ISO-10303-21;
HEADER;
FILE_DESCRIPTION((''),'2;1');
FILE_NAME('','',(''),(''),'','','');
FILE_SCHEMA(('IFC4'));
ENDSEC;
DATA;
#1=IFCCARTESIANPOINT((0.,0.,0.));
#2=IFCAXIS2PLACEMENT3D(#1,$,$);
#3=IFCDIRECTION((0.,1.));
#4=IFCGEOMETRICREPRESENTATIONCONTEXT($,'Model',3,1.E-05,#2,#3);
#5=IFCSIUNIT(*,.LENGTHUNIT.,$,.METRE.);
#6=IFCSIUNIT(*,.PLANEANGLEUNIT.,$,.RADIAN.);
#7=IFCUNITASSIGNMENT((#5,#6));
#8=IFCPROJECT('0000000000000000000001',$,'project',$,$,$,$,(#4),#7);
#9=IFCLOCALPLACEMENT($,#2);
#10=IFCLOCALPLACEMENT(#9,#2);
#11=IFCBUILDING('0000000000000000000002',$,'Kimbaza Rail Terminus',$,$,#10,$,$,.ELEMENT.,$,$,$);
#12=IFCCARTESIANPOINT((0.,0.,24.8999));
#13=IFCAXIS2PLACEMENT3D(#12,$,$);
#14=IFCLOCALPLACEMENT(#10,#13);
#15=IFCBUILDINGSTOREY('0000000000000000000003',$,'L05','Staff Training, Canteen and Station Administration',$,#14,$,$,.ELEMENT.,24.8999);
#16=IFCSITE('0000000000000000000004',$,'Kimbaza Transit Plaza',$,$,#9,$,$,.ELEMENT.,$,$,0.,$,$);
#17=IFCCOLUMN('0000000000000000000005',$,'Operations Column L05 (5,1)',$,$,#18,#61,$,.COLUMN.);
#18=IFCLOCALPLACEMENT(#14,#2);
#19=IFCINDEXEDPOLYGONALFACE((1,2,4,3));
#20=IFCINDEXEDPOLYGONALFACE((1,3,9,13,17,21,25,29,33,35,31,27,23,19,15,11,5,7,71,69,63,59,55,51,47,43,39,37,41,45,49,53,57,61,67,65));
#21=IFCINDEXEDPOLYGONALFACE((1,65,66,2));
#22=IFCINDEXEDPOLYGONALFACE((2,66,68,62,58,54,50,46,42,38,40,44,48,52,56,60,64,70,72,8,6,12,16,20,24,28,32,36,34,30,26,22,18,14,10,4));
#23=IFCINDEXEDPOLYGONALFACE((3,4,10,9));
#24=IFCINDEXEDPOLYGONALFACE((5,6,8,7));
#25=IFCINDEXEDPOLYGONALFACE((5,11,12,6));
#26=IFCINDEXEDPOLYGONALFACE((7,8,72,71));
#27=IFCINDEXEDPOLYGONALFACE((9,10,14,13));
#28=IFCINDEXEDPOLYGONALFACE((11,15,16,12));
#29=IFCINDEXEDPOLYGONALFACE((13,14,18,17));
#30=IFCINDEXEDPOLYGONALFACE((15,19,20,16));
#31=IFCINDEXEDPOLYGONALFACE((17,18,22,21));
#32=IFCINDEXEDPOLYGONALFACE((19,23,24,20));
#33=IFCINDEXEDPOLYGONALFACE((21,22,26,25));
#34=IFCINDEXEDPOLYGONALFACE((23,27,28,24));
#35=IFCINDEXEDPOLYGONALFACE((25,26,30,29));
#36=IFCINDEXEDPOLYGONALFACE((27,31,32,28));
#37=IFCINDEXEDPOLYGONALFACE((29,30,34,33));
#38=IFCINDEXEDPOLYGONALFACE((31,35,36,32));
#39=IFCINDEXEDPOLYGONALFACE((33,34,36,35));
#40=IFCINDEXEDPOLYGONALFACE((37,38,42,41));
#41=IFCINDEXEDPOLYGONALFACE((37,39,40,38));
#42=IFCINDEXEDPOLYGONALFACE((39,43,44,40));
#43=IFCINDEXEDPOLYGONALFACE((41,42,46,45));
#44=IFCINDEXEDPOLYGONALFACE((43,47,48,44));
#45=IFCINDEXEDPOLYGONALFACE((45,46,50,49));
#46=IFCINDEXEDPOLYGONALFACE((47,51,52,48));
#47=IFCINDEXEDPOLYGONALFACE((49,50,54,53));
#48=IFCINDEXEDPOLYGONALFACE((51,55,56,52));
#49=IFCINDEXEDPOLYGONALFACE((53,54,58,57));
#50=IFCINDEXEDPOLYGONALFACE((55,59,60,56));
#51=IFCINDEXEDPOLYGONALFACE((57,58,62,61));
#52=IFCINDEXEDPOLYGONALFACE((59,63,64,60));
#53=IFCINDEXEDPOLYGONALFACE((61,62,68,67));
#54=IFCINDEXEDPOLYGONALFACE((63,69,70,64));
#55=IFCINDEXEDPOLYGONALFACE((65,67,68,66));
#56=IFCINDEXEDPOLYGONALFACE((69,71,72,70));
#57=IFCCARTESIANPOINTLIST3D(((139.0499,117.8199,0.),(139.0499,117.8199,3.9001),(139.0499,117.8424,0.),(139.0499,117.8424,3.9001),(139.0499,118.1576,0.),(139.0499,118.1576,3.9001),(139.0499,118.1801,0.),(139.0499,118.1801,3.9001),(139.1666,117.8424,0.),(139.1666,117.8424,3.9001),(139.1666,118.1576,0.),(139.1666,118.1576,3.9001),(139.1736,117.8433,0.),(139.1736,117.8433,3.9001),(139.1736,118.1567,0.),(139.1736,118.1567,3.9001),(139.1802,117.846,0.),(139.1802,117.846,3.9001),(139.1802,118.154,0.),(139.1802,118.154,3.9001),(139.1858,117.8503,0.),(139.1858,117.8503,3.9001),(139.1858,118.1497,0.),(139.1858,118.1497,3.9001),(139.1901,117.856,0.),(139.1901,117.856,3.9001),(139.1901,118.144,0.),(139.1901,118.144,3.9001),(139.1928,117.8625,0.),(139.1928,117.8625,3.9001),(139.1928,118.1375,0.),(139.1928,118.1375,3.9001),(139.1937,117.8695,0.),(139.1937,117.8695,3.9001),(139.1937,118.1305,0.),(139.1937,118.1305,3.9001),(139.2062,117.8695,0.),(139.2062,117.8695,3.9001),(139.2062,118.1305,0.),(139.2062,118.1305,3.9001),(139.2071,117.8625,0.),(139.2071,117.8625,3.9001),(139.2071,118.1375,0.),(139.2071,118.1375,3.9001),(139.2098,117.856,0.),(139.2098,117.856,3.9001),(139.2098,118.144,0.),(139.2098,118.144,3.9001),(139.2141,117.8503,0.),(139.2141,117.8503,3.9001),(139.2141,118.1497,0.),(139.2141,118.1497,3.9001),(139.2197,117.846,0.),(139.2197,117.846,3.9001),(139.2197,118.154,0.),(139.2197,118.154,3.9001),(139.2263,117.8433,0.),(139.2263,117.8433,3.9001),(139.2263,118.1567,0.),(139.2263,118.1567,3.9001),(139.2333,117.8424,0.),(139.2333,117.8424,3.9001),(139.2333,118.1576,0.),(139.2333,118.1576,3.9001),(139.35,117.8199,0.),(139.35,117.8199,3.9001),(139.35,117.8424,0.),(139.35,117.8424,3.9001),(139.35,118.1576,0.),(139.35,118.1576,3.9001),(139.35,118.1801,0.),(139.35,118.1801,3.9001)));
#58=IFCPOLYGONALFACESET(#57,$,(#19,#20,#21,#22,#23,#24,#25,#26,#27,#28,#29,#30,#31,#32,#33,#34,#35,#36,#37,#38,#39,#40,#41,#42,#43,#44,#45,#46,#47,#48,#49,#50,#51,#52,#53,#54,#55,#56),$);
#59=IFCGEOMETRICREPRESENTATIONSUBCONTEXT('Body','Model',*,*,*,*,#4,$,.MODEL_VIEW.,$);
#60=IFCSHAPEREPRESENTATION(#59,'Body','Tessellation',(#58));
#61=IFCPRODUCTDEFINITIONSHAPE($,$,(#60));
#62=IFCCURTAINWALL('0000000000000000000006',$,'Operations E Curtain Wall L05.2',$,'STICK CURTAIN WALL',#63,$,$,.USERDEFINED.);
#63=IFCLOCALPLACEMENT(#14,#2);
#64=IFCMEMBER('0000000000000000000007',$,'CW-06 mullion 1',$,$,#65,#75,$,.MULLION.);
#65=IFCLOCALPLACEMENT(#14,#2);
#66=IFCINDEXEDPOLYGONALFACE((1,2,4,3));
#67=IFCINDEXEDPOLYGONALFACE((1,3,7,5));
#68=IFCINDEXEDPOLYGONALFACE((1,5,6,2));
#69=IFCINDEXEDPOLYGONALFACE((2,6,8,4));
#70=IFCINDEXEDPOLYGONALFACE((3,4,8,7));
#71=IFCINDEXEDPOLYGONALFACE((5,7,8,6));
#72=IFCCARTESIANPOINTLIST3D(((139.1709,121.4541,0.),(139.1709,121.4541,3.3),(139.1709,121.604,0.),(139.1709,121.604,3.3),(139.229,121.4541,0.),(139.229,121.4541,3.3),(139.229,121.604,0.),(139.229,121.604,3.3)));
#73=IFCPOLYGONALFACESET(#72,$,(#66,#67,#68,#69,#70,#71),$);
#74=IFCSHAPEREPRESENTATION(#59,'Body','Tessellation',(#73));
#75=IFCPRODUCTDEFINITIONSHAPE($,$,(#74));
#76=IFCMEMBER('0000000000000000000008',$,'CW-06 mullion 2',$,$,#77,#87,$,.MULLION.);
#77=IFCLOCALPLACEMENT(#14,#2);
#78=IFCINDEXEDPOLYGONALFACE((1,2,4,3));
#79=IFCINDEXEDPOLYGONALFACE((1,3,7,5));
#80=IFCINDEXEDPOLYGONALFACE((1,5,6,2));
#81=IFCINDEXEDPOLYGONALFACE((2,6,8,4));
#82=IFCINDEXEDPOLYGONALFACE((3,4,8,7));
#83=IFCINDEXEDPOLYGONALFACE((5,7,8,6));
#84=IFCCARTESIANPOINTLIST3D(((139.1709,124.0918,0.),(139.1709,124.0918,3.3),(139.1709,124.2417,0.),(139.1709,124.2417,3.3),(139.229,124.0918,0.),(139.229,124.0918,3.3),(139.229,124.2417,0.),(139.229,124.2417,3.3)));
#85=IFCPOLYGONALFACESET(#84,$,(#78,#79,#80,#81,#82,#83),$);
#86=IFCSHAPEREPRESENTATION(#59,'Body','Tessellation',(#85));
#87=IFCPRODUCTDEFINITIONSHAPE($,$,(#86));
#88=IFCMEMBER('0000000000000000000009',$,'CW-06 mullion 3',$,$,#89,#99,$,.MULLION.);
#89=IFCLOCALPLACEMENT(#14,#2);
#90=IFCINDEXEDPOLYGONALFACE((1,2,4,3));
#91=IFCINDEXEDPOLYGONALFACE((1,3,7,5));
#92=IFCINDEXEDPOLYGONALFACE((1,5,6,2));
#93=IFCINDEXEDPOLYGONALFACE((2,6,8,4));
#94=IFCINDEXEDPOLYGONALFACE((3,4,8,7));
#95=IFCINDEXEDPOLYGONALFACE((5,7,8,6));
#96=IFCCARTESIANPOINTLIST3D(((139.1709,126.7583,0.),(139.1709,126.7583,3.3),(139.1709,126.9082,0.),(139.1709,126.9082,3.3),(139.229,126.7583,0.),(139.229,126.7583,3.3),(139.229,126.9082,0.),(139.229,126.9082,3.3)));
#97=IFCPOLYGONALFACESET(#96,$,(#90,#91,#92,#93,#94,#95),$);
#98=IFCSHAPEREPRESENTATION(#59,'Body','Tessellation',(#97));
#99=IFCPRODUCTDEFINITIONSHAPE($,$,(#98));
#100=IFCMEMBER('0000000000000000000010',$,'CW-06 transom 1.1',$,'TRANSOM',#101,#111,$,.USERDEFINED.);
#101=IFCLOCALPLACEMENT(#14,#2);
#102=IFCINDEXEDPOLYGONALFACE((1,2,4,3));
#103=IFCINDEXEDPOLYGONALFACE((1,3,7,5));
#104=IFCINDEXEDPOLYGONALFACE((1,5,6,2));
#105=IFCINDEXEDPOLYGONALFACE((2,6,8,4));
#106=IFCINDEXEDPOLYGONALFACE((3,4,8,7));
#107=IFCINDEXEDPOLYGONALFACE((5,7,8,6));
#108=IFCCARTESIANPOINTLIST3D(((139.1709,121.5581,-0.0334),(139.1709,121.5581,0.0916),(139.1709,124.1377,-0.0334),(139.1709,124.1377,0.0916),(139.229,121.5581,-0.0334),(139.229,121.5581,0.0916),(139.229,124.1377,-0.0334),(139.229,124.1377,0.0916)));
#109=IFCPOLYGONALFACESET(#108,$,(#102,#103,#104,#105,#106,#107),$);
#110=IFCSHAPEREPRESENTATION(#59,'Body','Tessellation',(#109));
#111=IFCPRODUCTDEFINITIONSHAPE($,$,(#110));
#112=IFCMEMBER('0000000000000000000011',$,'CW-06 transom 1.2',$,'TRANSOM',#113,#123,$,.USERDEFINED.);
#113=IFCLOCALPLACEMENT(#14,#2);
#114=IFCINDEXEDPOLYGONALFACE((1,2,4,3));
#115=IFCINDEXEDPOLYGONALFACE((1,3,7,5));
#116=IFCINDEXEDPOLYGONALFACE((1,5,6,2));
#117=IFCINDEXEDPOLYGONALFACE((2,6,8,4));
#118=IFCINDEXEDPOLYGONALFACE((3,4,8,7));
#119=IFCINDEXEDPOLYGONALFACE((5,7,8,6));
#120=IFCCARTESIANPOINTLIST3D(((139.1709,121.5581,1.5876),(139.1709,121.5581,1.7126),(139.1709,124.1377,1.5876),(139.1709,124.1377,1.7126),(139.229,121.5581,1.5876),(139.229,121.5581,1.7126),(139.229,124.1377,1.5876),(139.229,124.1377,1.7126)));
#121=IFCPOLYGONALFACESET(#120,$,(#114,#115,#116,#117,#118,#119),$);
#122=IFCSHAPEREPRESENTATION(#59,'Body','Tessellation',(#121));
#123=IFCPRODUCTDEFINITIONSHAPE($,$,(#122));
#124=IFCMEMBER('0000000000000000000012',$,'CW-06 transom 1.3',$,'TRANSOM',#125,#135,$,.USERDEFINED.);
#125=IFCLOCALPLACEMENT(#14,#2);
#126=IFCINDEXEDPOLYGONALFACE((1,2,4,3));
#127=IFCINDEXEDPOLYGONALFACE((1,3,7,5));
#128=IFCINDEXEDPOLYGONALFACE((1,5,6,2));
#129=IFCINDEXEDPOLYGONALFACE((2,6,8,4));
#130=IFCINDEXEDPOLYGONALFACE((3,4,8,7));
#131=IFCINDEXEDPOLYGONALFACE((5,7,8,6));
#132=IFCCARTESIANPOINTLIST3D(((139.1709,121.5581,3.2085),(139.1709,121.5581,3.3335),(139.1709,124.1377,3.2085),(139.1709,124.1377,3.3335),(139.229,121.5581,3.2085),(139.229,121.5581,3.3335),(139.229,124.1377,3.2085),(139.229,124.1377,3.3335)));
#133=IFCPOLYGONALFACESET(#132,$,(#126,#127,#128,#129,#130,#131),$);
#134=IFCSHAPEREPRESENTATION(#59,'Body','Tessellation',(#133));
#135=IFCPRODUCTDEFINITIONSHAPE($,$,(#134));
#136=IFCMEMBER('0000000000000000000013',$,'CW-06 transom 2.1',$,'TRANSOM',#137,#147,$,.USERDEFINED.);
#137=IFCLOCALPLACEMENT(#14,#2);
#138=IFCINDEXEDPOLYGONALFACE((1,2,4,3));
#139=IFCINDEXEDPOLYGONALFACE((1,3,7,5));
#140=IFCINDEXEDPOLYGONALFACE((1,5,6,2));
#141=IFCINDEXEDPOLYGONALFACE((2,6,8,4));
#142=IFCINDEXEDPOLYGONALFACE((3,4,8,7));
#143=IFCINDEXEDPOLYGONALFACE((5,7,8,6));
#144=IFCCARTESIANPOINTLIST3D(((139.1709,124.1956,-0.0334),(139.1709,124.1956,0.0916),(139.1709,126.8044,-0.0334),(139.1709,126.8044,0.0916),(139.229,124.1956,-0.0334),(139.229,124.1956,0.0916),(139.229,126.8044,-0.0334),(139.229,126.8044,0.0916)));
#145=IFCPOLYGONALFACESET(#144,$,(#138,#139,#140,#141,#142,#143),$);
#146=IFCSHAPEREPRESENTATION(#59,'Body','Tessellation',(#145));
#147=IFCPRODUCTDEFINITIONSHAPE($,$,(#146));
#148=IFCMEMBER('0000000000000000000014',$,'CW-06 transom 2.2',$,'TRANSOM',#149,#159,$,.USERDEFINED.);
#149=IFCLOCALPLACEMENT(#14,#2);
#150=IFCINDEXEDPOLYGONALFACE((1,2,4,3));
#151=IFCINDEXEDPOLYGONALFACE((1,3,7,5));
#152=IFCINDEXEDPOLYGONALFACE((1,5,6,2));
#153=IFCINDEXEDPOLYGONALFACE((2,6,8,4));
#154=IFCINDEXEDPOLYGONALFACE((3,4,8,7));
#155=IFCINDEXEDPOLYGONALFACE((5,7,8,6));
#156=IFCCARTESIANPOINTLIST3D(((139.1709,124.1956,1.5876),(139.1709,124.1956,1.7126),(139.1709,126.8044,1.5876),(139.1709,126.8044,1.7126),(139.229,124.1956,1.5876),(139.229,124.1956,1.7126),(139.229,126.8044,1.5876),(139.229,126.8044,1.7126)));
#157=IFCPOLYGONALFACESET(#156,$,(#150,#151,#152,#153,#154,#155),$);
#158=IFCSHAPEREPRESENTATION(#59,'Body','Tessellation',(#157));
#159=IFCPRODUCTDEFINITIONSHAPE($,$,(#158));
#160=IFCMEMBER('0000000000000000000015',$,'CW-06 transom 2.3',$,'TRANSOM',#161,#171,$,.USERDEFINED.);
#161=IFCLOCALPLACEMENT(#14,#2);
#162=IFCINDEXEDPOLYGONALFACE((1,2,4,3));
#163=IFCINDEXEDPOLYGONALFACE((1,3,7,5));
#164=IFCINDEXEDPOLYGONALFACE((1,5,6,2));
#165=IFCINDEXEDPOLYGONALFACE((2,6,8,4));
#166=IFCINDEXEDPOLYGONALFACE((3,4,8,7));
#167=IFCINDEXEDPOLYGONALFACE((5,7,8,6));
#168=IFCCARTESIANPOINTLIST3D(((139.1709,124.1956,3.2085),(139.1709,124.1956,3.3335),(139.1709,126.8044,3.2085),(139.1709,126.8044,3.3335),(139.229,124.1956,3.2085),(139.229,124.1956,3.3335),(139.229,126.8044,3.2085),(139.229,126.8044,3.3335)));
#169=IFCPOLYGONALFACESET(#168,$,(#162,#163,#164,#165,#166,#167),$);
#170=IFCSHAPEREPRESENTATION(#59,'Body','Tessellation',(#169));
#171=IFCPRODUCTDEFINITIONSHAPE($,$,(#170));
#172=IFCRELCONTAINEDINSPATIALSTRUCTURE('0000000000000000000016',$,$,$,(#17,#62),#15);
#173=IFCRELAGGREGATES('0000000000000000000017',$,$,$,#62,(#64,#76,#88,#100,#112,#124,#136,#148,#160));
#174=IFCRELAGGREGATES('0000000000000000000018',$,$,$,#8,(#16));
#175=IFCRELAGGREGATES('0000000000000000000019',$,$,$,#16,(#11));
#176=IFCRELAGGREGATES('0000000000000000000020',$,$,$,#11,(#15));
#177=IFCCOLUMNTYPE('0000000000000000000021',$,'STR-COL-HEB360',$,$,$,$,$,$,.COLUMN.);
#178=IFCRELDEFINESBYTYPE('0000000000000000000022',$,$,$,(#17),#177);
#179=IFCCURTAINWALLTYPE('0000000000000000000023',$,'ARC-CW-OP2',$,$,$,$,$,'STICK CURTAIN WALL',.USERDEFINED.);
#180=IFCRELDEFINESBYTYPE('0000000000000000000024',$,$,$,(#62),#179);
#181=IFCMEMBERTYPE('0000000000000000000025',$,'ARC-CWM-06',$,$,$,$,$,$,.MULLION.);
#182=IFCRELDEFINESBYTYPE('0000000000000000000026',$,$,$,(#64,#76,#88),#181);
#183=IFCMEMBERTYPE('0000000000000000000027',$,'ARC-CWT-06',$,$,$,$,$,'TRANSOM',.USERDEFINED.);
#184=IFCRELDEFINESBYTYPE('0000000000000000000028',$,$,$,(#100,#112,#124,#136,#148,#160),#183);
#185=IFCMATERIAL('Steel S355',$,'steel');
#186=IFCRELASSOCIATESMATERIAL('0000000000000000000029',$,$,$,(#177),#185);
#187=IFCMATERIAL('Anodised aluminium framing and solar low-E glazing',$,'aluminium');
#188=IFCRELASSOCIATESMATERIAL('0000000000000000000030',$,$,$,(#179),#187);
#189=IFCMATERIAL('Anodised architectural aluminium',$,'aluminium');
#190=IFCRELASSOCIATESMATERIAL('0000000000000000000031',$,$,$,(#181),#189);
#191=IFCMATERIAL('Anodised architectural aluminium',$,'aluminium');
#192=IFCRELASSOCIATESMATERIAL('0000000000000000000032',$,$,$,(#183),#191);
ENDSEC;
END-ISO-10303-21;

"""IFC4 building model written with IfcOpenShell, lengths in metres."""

from ifc_helpers import new_model, si_unit, direction, frame, origin, origin_2d, place, context, subcontext, project, spatial, rectangle, i_section, extrude, material, material_profile, profile_set, type_object, element, aggregate, save


model = new_model("IFC4")

# Units and contexts
model_context = context("Model", 3, precision=1e-05, world=origin(), true_north=direction((0.0, 1.0)))
body_context = subcontext(model_context, "Body", "Model", "MODEL_VIEW")
ifc_project = project(units=[si_unit("LENGTHUNIT", "METRE"), si_unit("PLANEANGLEUNIT", "RADIAN")], contexts=[model_context])

# Site, building, storey
site_placement = place(None, origin())
site = spatial("IfcSite", under=ifc_project, at=site_placement, Name="Kimbaza Transit Plaza", CompositionType="ELEMENT", RefElevation=0.0)
building_placement = place(site_placement, origin())
building = spatial("IfcBuilding", under=site, at=building_placement, Name="Kimbaza Rail Terminus", CompositionType="ELEMENT")
storey_placement = place(building_placement, frame((0.0, 0.0, 24.8999)))
storey = spatial("IfcBuildingStorey", under=building, at=storey_placement, Name="L05", Description="Staff Training, Canteen and Station Administration", CompositionType="ELEMENT", Elevation=24.8999)

# Column
ifc_material_1 = material(Name="Steel S355", Category="steel")
ifc_material_profile_1 = material_profile(ifc_material_1, i_section(OverallWidth=0.3, OverallDepth=0.3601, WebThickness=0.0125, FlangeThickness=0.0225, FilletRadius=0.0271, at=origin_2d()), Name="HEB 360")
ifc_profile_set_1 = profile_set([ifc_material_profile_1], Name="Steel S355")
column_type = type_object("IfcColumnType", Name="STR-COL-HEB360", PredefinedType="COLUMN", material=ifc_profile_set_1)
column_placement = place(storey_placement, frame((139.2, 118.0, 0.0), z_axis=(0.0, 0.0, 1.0), x_axis=(1.0, 0.0, 0.0)))
element("IfcColumn", 1, at=column_placement, inside=storey, type_object=column_type, Name="Operations Column L05 (5,1)", PredefinedType="COLUMN", context=body_context, shape_type="SweptSolid", body=[
    extrude(i_section(OverallWidth=0.3, OverallDepth=0.3601, WebThickness=0.0125, FlangeThickness=0.0225, FilletRadius=0.0271, at=origin_2d()), origin(), (0.0, 0.0, 1.0), 3.9001),
])

# Curtain wall, members
ifc_material_2 = material(Name="Anodised aluminium framing and solar low-E glazing", Category="aluminium")
curtain_wall_type = type_object("IfcCurtainWallType", Name="ARC-CW-OP2", ElementType="STICK CURTAIN WALL", PredefinedType="USERDEFINED", material=ifc_material_2)
curtain_wall_placement = place(storey_placement, origin())
curtain_wall = element("IfcCurtainWall", 2, at=curtain_wall_placement, inside=storey, type_object=curtain_wall_type, Name="Operations E Curtain Wall L05.2", ObjectType="STICK CURTAIN WALL", PredefinedType="USERDEFINED")
ifc_material_3 = material(Name="Anodised architectural aluminium", Category="aluminium")
ifc_material_profile_2 = material_profile(ifc_material_3, rectangle(XDim=0.0581, YDim=0.1499, at=origin_2d()), Name="MULLION 58x150")
ifc_profile_set_2 = profile_set([ifc_material_profile_2], Name="Anodised architectural aluminium")
member_type_1 = type_object("IfcMemberType", Name="ARC-CWM-06", PredefinedType="MULLION", material=ifc_profile_set_2)
member_1_placement = place(storey_placement, frame((139.2, 121.5291, 0.0), z_axis=(0.0, 0.0, 1.0), x_axis=(-1.0, 0.0, 0.0)))
member_1 = element("IfcMember", 3, at=member_1_placement, type_object=member_type_1, Name="CW-06 mullion 1", PredefinedType="MULLION", context=body_context, shape_type="SweptSolid", body=[
    extrude(rectangle(XDim=0.0581, YDim=0.1499, at=origin_2d()), origin(), (0.0, 0.0, 1.0), 3.3),
])
member_2_placement = place(storey_placement, frame((139.2, 124.1667, 0.0), z_axis=(0.0, 0.0, 1.0), x_axis=(-1.0, 0.0, 0.0)))
member_2 = element("IfcMember", 4, at=member_2_placement, type_object=member_type_1, Name="CW-06 mullion 2", PredefinedType="MULLION", context=body_context, shape_type="SweptSolid", body=[
    extrude(rectangle(XDim=0.0581, YDim=0.1499, at=origin_2d()), origin(), (0.0, 0.0, 1.0), 3.3),
])
member_3_placement = place(storey_placement, frame((139.2, 126.8333, 0.0), z_axis=(0.0, 0.0, 1.0), x_axis=(-1.0, 0.0, 0.0)))
member_3 = element("IfcMember", 5, at=member_3_placement, type_object=member_type_1, Name="CW-06 mullion 3", PredefinedType="MULLION", context=body_context, shape_type="SweptSolid", body=[
    extrude(rectangle(XDim=0.0581, YDim=0.1499, at=origin_2d()), origin(), (0.0, 0.0, 1.0), 3.3),
])
ifc_material_4 = material(Name="Anodised architectural aluminium", Category="aluminium")
ifc_material_profile_3 = material_profile(ifc_material_4, rectangle(XDim=0.0581, YDim=0.125, at=origin_2d()), Name="TRANSOM 58x125")
ifc_profile_set_3 = profile_set([ifc_material_profile_3], Name="Anodised architectural aluminium")
member_type_2 = type_object("IfcMemberType", Name="ARC-CWT-06", ElementType="TRANSOM", PredefinedType="USERDEFINED", material=ifc_profile_set_3)
member_4_placement = place(storey_placement, frame((139.2, 121.5581, 0.0291), z_axis=(0.0, 1.0, 0.0), x_axis=(-1.0, 0.0, 0.0)))
member_4 = element("IfcMember", 6, at=member_4_placement, type_object=member_type_2, Name="CW-06 transom 1.1", ObjectType="TRANSOM", PredefinedType="USERDEFINED", context=body_context, shape_type="SweptSolid", body=[
    extrude(rectangle(XDim=0.0581, YDim=0.125, at=origin_2d()), origin(), (0.0, 0.0, 1.0), 2.5796),
])
member_5_placement = place(storey_placement, frame((139.2, 121.5581, 1.6501), z_axis=(0.0, 1.0, 0.0), x_axis=(-1.0, 0.0, 0.0)))
member_5 = element("IfcMember", 7, at=member_5_placement, type_object=member_type_2, Name="CW-06 transom 1.2", ObjectType="TRANSOM", PredefinedType="USERDEFINED", context=body_context, shape_type="SweptSolid", body=[
    extrude(rectangle(XDim=0.0581, YDim=0.125, at=origin_2d()), origin(), (0.0, 0.0, 1.0), 2.5796),
])
member_6_placement = place(storey_placement, frame((139.2, 121.5581, 3.271), z_axis=(0.0, 1.0, 0.0), x_axis=(-1.0, 0.0, 0.0)))
member_6 = element("IfcMember", 8, at=member_6_placement, type_object=member_type_2, Name="CW-06 transom 1.3", ObjectType="TRANSOM", PredefinedType="USERDEFINED", context=body_context, shape_type="SweptSolid", body=[
    extrude(rectangle(XDim=0.0581, YDim=0.125, at=origin_2d()), origin(), (0.0, 0.0, 1.0), 2.5796),
])
member_7_placement = place(storey_placement, frame((139.2, 124.1956, 0.0291), z_axis=(0.0, 1.0, 0.0), x_axis=(-1.0, 0.0, 0.0)))
member_7 = element("IfcMember", 9, at=member_7_placement, type_object=member_type_2, Name="CW-06 transom 2.1", ObjectType="TRANSOM", PredefinedType="USERDEFINED", context=body_context, shape_type="SweptSolid", body=[
    extrude(rectangle(XDim=0.0581, YDim=0.125, at=origin_2d()), origin(), (0.0, 0.0, 1.0), 2.6089),
])
member_8_placement = place(storey_placement, frame((139.2, 124.1956, 1.6501), z_axis=(0.0, 1.0, 0.0), x_axis=(-1.0, 0.0, 0.0)))
member_8 = element("IfcMember", 10, at=member_8_placement, type_object=member_type_2, Name="CW-06 transom 2.2", ObjectType="TRANSOM", PredefinedType="USERDEFINED", context=body_context, shape_type="SweptSolid", body=[
    extrude(rectangle(XDim=0.0581, YDim=0.125, at=origin_2d()), origin(), (0.0, 0.0, 1.0), 2.6089),
])
member_9_placement = place(storey_placement, frame((139.2, 124.1956, 3.271), z_axis=(0.0, 1.0, 0.0), x_axis=(-1.0, 0.0, 0.0)))
member_9 = element("IfcMember", 11, at=member_9_placement, type_object=member_type_2, Name="CW-06 transom 2.3", ObjectType="TRANSOM", PredefinedType="USERDEFINED", context=body_context, shape_type="SweptSolid", body=[
    extrude(rectangle(XDim=0.0581, YDim=0.125, at=origin_2d()), origin(), (0.0, 0.0, 1.0), 2.6089),
])

aggregate(curtain_wall, [member_1, member_2, member_3, member_4, member_5, member_6, member_7, member_8, member_9])

save(model, "model.ifc")
